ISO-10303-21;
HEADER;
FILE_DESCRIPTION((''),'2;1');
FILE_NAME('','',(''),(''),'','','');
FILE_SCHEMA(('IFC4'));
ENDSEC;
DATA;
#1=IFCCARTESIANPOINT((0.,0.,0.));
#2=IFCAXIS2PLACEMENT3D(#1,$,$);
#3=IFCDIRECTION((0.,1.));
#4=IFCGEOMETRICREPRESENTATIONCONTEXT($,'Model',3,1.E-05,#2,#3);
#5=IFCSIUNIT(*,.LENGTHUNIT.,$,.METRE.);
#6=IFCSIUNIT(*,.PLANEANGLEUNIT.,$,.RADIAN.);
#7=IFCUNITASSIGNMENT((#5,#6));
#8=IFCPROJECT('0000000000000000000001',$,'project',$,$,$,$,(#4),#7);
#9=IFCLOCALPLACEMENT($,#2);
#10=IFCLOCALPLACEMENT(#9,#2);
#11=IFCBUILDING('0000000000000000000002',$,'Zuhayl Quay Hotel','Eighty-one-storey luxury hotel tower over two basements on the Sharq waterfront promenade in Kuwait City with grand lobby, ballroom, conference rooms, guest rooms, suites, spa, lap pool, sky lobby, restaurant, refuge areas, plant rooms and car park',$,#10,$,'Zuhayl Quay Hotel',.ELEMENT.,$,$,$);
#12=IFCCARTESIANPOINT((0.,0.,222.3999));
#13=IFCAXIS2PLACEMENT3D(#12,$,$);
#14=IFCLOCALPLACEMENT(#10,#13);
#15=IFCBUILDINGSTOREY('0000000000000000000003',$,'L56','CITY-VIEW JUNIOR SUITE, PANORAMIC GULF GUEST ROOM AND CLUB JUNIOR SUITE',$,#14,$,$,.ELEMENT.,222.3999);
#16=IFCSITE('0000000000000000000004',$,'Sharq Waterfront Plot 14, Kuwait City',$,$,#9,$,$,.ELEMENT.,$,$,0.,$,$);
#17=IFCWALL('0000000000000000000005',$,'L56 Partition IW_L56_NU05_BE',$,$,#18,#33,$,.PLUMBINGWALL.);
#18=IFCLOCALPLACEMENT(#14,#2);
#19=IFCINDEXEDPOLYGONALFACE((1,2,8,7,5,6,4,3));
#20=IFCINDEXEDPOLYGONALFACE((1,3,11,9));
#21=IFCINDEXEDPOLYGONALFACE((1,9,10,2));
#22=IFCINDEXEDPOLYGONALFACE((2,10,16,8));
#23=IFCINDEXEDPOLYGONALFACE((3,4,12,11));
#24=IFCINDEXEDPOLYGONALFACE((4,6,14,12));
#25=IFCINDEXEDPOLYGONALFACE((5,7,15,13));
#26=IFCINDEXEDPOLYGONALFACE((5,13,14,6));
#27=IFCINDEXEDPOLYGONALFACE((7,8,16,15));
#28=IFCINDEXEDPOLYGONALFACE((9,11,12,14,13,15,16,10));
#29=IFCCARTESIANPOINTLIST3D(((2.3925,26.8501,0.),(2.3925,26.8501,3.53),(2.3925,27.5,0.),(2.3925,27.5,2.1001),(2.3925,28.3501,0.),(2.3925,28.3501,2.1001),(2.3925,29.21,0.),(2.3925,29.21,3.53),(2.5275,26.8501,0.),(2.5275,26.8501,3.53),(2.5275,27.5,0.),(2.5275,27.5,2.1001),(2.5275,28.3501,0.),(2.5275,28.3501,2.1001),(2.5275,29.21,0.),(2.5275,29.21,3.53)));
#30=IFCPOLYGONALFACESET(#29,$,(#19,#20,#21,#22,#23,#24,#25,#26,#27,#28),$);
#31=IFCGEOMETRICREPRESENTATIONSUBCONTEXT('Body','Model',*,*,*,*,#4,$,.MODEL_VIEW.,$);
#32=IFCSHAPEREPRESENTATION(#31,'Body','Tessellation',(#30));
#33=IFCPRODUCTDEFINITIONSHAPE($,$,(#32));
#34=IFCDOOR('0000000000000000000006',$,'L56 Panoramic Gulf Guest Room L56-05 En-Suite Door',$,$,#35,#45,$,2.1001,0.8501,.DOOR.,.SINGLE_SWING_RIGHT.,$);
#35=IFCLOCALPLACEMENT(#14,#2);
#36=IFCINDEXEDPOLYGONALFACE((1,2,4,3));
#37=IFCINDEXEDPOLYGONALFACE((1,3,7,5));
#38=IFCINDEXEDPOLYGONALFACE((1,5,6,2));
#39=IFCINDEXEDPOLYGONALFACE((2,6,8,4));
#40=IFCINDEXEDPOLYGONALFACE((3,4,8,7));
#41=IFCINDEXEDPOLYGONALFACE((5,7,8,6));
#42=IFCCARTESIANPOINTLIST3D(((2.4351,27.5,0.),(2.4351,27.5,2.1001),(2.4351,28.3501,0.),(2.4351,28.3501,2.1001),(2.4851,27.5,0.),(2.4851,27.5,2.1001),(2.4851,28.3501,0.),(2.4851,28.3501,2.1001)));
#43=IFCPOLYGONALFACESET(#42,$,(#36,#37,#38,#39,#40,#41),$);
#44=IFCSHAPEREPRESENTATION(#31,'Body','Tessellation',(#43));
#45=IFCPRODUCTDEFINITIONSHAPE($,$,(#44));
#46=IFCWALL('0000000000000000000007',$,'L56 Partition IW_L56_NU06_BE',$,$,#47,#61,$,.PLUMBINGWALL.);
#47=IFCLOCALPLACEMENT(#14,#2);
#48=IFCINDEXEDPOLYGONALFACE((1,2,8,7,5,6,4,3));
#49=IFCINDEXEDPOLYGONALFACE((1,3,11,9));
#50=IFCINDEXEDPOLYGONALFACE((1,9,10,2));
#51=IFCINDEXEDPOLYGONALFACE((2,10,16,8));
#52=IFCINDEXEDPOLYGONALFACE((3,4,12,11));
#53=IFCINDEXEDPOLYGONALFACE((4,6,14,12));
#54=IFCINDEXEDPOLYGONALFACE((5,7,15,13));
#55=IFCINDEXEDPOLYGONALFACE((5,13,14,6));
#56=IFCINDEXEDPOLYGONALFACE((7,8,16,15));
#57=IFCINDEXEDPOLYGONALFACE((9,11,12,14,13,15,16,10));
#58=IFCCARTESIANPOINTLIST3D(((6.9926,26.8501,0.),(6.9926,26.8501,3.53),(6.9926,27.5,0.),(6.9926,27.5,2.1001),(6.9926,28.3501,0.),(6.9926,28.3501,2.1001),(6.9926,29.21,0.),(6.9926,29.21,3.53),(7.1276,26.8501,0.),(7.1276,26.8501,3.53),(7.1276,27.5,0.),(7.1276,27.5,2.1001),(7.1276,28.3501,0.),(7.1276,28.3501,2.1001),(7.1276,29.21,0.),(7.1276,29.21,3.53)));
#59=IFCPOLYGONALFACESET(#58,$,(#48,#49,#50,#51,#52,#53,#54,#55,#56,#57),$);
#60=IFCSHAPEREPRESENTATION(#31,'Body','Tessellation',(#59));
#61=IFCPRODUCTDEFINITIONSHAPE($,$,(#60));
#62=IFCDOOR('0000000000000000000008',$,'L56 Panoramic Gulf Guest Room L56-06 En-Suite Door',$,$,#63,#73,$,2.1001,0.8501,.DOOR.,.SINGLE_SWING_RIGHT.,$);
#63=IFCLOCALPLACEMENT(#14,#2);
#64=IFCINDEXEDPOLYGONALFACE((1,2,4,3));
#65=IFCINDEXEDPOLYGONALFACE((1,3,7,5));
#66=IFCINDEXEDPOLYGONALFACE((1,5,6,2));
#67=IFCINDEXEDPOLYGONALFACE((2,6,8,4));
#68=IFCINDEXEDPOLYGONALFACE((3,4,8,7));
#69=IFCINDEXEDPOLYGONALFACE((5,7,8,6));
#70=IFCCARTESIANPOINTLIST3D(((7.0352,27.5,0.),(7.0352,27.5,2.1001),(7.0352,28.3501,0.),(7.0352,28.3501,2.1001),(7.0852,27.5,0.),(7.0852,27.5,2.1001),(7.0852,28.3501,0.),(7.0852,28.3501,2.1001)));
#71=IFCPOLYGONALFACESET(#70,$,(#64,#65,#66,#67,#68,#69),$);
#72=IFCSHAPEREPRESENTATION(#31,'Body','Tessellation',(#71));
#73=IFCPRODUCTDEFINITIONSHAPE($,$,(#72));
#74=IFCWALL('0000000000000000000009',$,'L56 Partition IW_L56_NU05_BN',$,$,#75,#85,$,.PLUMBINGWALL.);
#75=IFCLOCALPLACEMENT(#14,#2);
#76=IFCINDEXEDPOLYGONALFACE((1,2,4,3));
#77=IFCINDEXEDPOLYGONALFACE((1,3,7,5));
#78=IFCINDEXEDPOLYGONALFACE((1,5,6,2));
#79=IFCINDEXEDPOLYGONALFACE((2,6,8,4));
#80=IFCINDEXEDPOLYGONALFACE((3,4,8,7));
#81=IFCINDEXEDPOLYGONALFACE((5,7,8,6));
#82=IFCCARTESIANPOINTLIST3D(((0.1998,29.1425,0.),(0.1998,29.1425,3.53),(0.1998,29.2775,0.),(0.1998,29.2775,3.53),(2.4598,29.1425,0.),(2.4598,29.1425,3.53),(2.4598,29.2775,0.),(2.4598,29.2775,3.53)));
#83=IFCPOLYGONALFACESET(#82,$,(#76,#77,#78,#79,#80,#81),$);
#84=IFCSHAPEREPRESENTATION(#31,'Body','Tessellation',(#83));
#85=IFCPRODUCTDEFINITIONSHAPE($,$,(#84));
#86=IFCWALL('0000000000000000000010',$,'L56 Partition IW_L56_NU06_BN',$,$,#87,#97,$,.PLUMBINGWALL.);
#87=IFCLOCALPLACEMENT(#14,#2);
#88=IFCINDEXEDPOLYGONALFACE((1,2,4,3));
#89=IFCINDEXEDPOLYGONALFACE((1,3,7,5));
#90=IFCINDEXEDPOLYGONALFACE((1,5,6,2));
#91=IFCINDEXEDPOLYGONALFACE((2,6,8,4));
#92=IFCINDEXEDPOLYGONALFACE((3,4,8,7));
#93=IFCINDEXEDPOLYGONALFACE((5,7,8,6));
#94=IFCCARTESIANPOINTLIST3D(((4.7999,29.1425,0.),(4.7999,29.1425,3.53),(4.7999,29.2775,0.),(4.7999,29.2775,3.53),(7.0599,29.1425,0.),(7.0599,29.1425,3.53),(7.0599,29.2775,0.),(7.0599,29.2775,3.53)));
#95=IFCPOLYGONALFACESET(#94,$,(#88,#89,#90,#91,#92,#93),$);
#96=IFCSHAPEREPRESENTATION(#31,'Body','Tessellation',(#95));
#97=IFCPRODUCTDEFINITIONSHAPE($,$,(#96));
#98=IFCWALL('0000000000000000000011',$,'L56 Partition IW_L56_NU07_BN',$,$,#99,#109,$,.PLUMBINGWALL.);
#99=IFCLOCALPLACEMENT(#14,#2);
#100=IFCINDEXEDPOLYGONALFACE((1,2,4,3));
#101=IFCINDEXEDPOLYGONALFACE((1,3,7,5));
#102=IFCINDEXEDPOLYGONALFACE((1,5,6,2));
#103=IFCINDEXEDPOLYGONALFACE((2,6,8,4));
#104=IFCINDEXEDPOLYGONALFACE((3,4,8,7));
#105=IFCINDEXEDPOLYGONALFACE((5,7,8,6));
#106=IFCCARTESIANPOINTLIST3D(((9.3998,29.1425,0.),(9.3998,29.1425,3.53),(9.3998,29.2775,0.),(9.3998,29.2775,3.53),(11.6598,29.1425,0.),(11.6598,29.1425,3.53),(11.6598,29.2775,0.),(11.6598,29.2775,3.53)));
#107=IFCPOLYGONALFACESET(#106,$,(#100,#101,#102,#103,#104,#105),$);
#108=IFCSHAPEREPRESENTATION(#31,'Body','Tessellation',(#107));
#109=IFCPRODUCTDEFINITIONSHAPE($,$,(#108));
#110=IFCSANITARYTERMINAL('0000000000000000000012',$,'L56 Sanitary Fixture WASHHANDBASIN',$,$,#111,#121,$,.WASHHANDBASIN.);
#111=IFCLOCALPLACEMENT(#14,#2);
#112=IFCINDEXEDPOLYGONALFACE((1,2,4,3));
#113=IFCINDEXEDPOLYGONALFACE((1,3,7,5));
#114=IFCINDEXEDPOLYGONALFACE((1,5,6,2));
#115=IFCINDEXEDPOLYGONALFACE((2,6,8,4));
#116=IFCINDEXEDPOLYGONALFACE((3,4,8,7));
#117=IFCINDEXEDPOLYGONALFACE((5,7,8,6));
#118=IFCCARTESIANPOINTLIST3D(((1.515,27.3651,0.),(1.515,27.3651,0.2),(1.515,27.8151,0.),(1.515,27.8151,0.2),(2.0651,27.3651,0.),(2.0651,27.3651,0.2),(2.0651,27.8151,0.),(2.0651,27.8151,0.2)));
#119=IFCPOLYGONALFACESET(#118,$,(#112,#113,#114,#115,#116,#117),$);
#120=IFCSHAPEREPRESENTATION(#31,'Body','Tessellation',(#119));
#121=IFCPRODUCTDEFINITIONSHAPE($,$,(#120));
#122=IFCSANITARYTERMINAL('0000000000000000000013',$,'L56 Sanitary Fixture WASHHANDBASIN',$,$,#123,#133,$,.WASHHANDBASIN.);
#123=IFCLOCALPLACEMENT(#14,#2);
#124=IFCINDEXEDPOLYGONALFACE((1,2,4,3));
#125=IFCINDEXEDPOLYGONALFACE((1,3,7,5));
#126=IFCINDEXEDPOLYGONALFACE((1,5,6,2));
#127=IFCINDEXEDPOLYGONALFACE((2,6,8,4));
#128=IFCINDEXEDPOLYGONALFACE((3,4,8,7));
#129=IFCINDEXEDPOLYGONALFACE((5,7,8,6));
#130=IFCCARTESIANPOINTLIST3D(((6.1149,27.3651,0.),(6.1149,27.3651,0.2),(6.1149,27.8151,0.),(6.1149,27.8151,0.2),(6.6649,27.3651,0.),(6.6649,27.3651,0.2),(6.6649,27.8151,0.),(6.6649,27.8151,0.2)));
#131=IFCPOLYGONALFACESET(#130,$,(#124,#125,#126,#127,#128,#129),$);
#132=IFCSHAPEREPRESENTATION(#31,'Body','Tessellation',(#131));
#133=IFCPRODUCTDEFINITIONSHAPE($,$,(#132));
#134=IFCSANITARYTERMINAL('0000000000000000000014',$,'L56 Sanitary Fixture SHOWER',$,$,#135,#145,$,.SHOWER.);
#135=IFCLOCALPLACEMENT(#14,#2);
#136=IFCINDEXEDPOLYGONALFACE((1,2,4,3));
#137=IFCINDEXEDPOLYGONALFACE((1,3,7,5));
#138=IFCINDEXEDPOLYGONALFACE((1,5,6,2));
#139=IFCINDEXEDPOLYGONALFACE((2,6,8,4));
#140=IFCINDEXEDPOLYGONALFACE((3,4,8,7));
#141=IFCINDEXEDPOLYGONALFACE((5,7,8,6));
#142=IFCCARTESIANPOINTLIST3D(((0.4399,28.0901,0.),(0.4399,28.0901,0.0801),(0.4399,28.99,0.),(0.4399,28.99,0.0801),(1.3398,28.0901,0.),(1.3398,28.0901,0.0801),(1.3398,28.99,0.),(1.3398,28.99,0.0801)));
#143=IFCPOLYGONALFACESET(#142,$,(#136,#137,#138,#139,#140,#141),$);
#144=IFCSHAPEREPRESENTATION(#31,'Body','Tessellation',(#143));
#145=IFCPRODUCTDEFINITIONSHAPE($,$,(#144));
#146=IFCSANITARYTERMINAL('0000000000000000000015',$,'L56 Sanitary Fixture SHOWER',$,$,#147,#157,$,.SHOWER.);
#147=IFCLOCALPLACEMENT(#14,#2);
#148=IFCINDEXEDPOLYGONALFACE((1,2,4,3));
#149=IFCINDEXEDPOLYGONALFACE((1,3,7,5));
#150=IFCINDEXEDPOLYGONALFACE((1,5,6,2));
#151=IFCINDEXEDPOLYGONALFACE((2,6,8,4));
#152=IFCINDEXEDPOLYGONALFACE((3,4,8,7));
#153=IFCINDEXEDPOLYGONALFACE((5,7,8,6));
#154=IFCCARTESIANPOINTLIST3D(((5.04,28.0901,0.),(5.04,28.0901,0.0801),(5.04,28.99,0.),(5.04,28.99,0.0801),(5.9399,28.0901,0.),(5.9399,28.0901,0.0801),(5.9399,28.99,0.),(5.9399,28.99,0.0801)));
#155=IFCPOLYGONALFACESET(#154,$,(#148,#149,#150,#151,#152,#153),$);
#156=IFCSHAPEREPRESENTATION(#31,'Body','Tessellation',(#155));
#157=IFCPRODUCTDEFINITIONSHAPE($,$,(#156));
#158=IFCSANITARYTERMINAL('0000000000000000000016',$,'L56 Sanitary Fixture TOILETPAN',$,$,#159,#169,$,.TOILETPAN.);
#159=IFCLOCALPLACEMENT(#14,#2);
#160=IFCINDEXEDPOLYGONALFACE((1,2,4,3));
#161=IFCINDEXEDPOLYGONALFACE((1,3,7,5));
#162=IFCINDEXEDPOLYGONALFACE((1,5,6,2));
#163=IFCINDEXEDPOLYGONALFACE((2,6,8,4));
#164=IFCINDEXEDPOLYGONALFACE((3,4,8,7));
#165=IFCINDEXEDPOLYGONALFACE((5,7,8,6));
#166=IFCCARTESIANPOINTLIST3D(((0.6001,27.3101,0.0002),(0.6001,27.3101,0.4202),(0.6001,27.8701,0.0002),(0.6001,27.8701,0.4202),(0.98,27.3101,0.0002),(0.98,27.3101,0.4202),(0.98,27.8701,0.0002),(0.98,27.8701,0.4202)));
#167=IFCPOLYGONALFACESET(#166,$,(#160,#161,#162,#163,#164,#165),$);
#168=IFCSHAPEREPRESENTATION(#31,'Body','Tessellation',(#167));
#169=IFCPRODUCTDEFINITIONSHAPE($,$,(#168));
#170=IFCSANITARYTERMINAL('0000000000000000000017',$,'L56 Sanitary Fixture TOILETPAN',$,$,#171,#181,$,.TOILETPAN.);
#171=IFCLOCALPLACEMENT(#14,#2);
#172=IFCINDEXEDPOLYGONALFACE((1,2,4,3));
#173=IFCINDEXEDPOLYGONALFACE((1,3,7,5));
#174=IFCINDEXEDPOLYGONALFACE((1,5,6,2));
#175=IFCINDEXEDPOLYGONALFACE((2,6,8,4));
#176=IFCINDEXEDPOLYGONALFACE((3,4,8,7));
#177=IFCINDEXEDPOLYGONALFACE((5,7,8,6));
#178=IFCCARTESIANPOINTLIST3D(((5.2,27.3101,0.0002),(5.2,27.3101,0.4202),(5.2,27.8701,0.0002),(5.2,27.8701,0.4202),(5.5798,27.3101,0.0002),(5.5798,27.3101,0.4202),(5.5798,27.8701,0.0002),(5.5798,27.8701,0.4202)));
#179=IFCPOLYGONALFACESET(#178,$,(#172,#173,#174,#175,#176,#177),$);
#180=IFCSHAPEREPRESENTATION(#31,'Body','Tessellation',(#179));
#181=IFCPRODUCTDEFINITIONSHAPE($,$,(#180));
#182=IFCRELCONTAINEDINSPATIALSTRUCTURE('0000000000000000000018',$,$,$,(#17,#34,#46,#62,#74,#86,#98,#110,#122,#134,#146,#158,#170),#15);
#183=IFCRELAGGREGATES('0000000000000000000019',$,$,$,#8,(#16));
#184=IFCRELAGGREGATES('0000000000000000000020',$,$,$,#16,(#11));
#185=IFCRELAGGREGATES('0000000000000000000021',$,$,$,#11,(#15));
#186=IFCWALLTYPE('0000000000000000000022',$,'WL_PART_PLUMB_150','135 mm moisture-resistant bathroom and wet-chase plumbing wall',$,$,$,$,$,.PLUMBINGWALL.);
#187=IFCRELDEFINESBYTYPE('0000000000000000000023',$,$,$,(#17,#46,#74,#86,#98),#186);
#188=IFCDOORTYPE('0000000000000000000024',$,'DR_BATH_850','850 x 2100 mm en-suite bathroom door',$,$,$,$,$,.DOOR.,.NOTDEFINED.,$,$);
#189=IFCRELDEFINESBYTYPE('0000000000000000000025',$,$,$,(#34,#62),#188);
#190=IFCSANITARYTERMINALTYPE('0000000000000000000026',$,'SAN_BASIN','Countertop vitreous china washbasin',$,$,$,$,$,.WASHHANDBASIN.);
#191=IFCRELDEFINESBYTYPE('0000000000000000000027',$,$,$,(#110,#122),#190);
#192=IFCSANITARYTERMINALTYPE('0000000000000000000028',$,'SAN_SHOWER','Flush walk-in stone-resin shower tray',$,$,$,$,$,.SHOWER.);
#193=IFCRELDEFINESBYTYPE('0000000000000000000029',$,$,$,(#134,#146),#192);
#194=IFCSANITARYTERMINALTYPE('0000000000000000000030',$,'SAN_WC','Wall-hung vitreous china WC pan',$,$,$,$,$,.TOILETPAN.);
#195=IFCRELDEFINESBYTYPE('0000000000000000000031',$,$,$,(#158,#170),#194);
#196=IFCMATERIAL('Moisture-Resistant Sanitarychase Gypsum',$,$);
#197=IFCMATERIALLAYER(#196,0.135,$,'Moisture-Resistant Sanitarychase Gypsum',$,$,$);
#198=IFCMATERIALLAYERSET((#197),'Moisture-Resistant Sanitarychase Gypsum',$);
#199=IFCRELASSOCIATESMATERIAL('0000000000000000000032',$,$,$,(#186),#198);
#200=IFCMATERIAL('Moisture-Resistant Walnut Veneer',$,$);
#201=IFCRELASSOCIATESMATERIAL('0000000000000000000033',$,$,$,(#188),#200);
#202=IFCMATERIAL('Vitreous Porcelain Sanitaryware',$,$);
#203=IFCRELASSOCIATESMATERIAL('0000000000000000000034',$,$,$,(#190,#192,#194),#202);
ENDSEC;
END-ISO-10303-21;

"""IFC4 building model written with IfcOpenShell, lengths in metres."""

from ifc_helpers import new_model, si_unit, direction, frame, frame_2d, origin, origin_2d, place, context, subcontext, project, spatial, rectangle, extrude, material, layer, layer_set, type_object, element, fill, save


model = new_model("IFC4")

# Units and contexts
model_context = context("Model", 3, precision=1e-05, world=origin(), true_north=direction((0.0, 1.0)))
body_context = subcontext(model_context, "Body", "Model", "MODEL_VIEW")
ifc_project = project(units=[si_unit("LENGTHUNIT", "METRE"), si_unit("PLANEANGLEUNIT", "RADIAN")], contexts=[model_context])

# Site, building, storey
site_placement = place(None, origin())
site = spatial("IfcSite", under=ifc_project, at=site_placement, Name="Sharq Waterfront Plot 14, Kuwait City", CompositionType="ELEMENT", RefElevation=0.0)
building_placement = place(site_placement, origin())
building = spatial("IfcBuilding", under=site, at=building_placement, Name="Zuhayl Quay Hotel", Description="Eighty-one-storey luxury hotel tower over two basements on the Sharq waterfront promenade in Kuwait City with grand lobby, ballroom, conference rooms, guest rooms, suites, spa, lap pool, sky lobby, restaurant, refuge areas, plant rooms and car park", LongName="Zuhayl Quay Hotel", CompositionType="ELEMENT")
storey_placement = place(building_placement, frame((0.0, 0.0, 222.3999)))
storey = spatial("IfcBuildingStorey", under=building, at=storey_placement, Name="L56", Description="CITY-VIEW JUNIOR SUITE, PANORAMIC GULF GUEST ROOM AND CLUB JUNIOR SUITE", CompositionType="ELEMENT", Elevation=222.3999)

# Walls, openings, doors
ifc_material_1 = material(Name="Moisture-Resistant Sanitarychase Gypsum")
ifc_layer_1 = layer(ifc_material_1, 0.135, Name="Moisture-Resistant Sanitarychase Gypsum")
ifc_layer_set_1 = layer_set([ifc_layer_1], Name="Moisture-Resistant Sanitarychase Gypsum")
wall_type_1 = type_object("IfcWallType", Name="WL_PART_PLUMB_150", Description="135 mm moisture-resistant bathroom and wet-chase plumbing wall", PredefinedType="PLUMBINGWALL", material=ifc_layer_set_1)
wall_1_placement = place(storey_placement, frame((2.46, 26.8501, 0.0), z_axis=(0.0, 0.0, 1.0), x_axis=(0.0, 1.0, 0.0)))
wall_1 = element("IfcWall", 1, at=wall_1_placement, inside=storey, type_object=wall_type_1, Name="L56 Partition IW_L56_NU05_BE", PredefinedType="PLUMBINGWALL", context=body_context, shape_type="SweptSolid", body=[
    extrude(rectangle(XDim=2.3599, YDim=0.135, at=frame_2d((1.1799, 0.0))), origin(), (0.0, 0.0, 1.0), 3.53),
])
opening_1_placement = place(wall_1_placement, frame((0.6499, 0.0, 0.0)))
opening_1 = element("IfcOpeningElement", 2, at=opening_1_placement, cuts=wall_1, PredefinedType="OPENING", context=body_context, shape_type="SweptSolid", body=[
    extrude(rectangle(XDim=0.8501, YDim=2.1001, at=frame_2d((0.425, 1.05))), frame((0.0, 0.0774, 0.0), z_axis=(0.0, -1.0, 0.0), x_axis=(1.0, 0.0, 0.0)), (0.0, 0.0, 1.0), 0.155),
])
ifc_material_2 = material(Name="Moisture-Resistant Walnut Veneer")
door_type_1 = type_object("IfcDoorType", Name="DR_BATH_850", Description="850 x 2100 mm en-suite bathroom door", OperationType="NOTDEFINED", PredefinedType="DOOR", material=ifc_material_2)
door_1_placement = place(opening_1_placement, origin())
door_1 = element("IfcDoor", 3, at=door_1_placement, inside=storey, type_object=door_type_1, Name="L56 Panoramic Gulf Guest Room L56-05 En-Suite Door", OperationType="SINGLE_SWING_RIGHT", OverallHeight=2.1001, OverallWidth=0.8501, PredefinedType="DOOR", context=body_context, shape_type="SweptSolid", body=[
    extrude(rectangle(XDim=0.8501, YDim=2.1001, at=frame_2d((0.425, 1.05))), frame((0.0, 0.0249, 0.0), z_axis=(0.0, -1.0, 0.0), x_axis=(1.0, 0.0, 0.0)), (0.0, 0.0, 1.0), 0.05),
])
fill(opening_1, door_1)
wall_2_placement = place(storey_placement, frame((7.0601, 26.8501, 0.0), z_axis=(0.0, 0.0, 1.0), x_axis=(0.0, 1.0, 0.0)))
wall_2 = element("IfcWall", 4, at=wall_2_placement, inside=storey, type_object=wall_type_1, Name="L56 Partition IW_L56_NU06_BE", PredefinedType="PLUMBINGWALL", context=body_context, shape_type="SweptSolid", body=[
    extrude(rectangle(XDim=2.3599, YDim=0.135, at=frame_2d((1.1799, 0.0))), origin(), (0.0, 0.0, 1.0), 3.53),
])
opening_2_placement = place(wall_2_placement, frame((0.6499, 0.0, 0.0)))
opening_2 = element("IfcOpeningElement", 5, at=opening_2_placement, cuts=wall_2, PredefinedType="OPENING", context=body_context, shape_type="SweptSolid", body=[
    extrude(rectangle(XDim=0.8501, YDim=2.1001, at=frame_2d((0.425, 1.05))), frame((0.0, 0.0774, 0.0), z_axis=(0.0, -1.0, 0.0), x_axis=(1.0, 0.0, 0.0)), (0.0, 0.0, 1.0), 0.155),
])
door_2_placement = place(opening_2_placement, origin())
door_2 = element("IfcDoor", 6, at=door_2_placement, inside=storey, type_object=door_type_1, Name="L56 Panoramic Gulf Guest Room L56-06 En-Suite Door", OperationType="SINGLE_SWING_RIGHT", OverallHeight=2.1001, OverallWidth=0.8501, PredefinedType="DOOR", context=body_context, shape_type="SweptSolid", body=[
    extrude(rectangle(XDim=0.8501, YDim=2.1001, at=frame_2d((0.425, 1.05))), frame((0.0, 0.0249, 0.0), z_axis=(0.0, -1.0, 0.0), x_axis=(1.0, 0.0, 0.0)), (0.0, 0.0, 1.0), 0.05),
])
fill(opening_2, door_2)

# Walls
for number, where, z_axis, x_axis, name in (
    (7, (0.2, 29.21, 0.0), (0.0, 0.0, 1.0), (1.0, 0.0, 0.0), "L56 Partition IW_L56_NU05_BN"),
    (8, (4.8, 29.21, 0.0), (0.0, 0.0, 1.0), (1.0, 0.0, 0.0), "L56 Partition IW_L56_NU06_BN"),
    (9, (9.3999, 29.21, 0.0), (0.0, 0.0, 1.0), (1.0, 0.0, 0.0), "L56 Partition IW_L56_NU07_BN"),
):
    element("IfcWall", number, at=place(storey_placement, frame(where, z_axis=z_axis, x_axis=x_axis)), inside=storey, type_object=wall_type_1, Name=name, PredefinedType="PLUMBINGWALL", context=body_context, shape_type="SweptSolid", body=[
        extrude(rectangle(XDim=2.26, YDim=0.135, at=frame_2d((1.1299, 0.0))), origin(), (0.0, 0.0, 1.0), 3.53),
    ])

# Sanitary terminals
ifc_material_3 = material(Name="Vitreous Porcelain Sanitaryware")
sanitary_terminal_type_1 = type_object("IfcSanitaryTerminalType", Name="SAN_BASIN", Description="Countertop vitreous china washbasin", PredefinedType="WASHHANDBASIN", material=ifc_material_3)
for number, where, z_axis, x_axis, name in (
    (10, (1.79, 27.5901, 0.0), (0.0, 0.0, 1.0), (1.0, 0.0, 0.0), "L56 Sanitary Fixture WASHHANDBASIN"),
    (11, (6.3899, 27.5901, 0.0), (0.0, 0.0, 1.0), (1.0, 0.0, 0.0), "L56 Sanitary Fixture WASHHANDBASIN"),
):
    element("IfcSanitaryTerminal", number, at=place(storey_placement, frame(where, z_axis=z_axis, x_axis=x_axis)), inside=storey, type_object=sanitary_terminal_type_1, Name=name, PredefinedType="WASHHANDBASIN", context=body_context, shape_type="SweptSolid", body=[
        extrude(rectangle(XDim=0.55, YDim=0.45, at=origin_2d()), origin(), (0.0, 0.0, 1.0), 0.2),
    ])
sanitary_terminal_type_2 = type_object("IfcSanitaryTerminalType", Name="SAN_SHOWER", Description="Flush walk-in stone-resin shower tray", PredefinedType="SHOWER", material=ifc_material_3)
for number, where, z_axis, x_axis, name in (
    (12, (0.8899, 28.54, 0.0), (0.0, 0.0, 1.0), (1.0, 0.0, 0.0), "L56 Sanitary Fixture SHOWER"),
    (13, (5.49, 28.54, 0.0), (0.0, 0.0, 1.0), (1.0, 0.0, 0.0), "L56 Sanitary Fixture SHOWER"),
):
    element("IfcSanitaryTerminal", number, at=place(storey_placement, frame(where, z_axis=z_axis, x_axis=x_axis)), inside=storey, type_object=sanitary_terminal_type_2, Name=name, PredefinedType="SHOWER", context=body_context, shape_type="SweptSolid", body=[
        extrude(rectangle(XDim=0.8999, YDim=0.8999, at=origin_2d()), origin(), (0.0, 0.0, 1.0), 0.0801),
    ])
sanitary_terminal_type_3 = type_object("IfcSanitaryTerminalType", Name="SAN_WC", Description="Wall-hung vitreous china WC pan", PredefinedType="TOILETPAN", material=ifc_material_3)
for number, where, z_axis, x_axis, name in (
    (14, (0.79, 27.5901, 0.0002), (0.0, 0.0, 1.0), (1.0, 0.0, 0.0), "L56 Sanitary Fixture TOILETPAN"),
    (15, (5.3899, 27.5901, 0.0002), (0.0, 0.0, 1.0), (1.0, 0.0, 0.0), "L56 Sanitary Fixture TOILETPAN"),
):
    element("IfcSanitaryTerminal", number, at=place(storey_placement, frame(where, z_axis=z_axis, x_axis=x_axis)), inside=storey, type_object=sanitary_terminal_type_3, Name=name, PredefinedType="TOILETPAN", context=body_context, shape_type="SweptSolid", body=[
        extrude(rectangle(XDim=0.3799, YDim=0.5601, at=origin_2d()), origin(), (0.0, 0.0, 1.0), 0.4199),
    ])

save(model, "model.ifc")
